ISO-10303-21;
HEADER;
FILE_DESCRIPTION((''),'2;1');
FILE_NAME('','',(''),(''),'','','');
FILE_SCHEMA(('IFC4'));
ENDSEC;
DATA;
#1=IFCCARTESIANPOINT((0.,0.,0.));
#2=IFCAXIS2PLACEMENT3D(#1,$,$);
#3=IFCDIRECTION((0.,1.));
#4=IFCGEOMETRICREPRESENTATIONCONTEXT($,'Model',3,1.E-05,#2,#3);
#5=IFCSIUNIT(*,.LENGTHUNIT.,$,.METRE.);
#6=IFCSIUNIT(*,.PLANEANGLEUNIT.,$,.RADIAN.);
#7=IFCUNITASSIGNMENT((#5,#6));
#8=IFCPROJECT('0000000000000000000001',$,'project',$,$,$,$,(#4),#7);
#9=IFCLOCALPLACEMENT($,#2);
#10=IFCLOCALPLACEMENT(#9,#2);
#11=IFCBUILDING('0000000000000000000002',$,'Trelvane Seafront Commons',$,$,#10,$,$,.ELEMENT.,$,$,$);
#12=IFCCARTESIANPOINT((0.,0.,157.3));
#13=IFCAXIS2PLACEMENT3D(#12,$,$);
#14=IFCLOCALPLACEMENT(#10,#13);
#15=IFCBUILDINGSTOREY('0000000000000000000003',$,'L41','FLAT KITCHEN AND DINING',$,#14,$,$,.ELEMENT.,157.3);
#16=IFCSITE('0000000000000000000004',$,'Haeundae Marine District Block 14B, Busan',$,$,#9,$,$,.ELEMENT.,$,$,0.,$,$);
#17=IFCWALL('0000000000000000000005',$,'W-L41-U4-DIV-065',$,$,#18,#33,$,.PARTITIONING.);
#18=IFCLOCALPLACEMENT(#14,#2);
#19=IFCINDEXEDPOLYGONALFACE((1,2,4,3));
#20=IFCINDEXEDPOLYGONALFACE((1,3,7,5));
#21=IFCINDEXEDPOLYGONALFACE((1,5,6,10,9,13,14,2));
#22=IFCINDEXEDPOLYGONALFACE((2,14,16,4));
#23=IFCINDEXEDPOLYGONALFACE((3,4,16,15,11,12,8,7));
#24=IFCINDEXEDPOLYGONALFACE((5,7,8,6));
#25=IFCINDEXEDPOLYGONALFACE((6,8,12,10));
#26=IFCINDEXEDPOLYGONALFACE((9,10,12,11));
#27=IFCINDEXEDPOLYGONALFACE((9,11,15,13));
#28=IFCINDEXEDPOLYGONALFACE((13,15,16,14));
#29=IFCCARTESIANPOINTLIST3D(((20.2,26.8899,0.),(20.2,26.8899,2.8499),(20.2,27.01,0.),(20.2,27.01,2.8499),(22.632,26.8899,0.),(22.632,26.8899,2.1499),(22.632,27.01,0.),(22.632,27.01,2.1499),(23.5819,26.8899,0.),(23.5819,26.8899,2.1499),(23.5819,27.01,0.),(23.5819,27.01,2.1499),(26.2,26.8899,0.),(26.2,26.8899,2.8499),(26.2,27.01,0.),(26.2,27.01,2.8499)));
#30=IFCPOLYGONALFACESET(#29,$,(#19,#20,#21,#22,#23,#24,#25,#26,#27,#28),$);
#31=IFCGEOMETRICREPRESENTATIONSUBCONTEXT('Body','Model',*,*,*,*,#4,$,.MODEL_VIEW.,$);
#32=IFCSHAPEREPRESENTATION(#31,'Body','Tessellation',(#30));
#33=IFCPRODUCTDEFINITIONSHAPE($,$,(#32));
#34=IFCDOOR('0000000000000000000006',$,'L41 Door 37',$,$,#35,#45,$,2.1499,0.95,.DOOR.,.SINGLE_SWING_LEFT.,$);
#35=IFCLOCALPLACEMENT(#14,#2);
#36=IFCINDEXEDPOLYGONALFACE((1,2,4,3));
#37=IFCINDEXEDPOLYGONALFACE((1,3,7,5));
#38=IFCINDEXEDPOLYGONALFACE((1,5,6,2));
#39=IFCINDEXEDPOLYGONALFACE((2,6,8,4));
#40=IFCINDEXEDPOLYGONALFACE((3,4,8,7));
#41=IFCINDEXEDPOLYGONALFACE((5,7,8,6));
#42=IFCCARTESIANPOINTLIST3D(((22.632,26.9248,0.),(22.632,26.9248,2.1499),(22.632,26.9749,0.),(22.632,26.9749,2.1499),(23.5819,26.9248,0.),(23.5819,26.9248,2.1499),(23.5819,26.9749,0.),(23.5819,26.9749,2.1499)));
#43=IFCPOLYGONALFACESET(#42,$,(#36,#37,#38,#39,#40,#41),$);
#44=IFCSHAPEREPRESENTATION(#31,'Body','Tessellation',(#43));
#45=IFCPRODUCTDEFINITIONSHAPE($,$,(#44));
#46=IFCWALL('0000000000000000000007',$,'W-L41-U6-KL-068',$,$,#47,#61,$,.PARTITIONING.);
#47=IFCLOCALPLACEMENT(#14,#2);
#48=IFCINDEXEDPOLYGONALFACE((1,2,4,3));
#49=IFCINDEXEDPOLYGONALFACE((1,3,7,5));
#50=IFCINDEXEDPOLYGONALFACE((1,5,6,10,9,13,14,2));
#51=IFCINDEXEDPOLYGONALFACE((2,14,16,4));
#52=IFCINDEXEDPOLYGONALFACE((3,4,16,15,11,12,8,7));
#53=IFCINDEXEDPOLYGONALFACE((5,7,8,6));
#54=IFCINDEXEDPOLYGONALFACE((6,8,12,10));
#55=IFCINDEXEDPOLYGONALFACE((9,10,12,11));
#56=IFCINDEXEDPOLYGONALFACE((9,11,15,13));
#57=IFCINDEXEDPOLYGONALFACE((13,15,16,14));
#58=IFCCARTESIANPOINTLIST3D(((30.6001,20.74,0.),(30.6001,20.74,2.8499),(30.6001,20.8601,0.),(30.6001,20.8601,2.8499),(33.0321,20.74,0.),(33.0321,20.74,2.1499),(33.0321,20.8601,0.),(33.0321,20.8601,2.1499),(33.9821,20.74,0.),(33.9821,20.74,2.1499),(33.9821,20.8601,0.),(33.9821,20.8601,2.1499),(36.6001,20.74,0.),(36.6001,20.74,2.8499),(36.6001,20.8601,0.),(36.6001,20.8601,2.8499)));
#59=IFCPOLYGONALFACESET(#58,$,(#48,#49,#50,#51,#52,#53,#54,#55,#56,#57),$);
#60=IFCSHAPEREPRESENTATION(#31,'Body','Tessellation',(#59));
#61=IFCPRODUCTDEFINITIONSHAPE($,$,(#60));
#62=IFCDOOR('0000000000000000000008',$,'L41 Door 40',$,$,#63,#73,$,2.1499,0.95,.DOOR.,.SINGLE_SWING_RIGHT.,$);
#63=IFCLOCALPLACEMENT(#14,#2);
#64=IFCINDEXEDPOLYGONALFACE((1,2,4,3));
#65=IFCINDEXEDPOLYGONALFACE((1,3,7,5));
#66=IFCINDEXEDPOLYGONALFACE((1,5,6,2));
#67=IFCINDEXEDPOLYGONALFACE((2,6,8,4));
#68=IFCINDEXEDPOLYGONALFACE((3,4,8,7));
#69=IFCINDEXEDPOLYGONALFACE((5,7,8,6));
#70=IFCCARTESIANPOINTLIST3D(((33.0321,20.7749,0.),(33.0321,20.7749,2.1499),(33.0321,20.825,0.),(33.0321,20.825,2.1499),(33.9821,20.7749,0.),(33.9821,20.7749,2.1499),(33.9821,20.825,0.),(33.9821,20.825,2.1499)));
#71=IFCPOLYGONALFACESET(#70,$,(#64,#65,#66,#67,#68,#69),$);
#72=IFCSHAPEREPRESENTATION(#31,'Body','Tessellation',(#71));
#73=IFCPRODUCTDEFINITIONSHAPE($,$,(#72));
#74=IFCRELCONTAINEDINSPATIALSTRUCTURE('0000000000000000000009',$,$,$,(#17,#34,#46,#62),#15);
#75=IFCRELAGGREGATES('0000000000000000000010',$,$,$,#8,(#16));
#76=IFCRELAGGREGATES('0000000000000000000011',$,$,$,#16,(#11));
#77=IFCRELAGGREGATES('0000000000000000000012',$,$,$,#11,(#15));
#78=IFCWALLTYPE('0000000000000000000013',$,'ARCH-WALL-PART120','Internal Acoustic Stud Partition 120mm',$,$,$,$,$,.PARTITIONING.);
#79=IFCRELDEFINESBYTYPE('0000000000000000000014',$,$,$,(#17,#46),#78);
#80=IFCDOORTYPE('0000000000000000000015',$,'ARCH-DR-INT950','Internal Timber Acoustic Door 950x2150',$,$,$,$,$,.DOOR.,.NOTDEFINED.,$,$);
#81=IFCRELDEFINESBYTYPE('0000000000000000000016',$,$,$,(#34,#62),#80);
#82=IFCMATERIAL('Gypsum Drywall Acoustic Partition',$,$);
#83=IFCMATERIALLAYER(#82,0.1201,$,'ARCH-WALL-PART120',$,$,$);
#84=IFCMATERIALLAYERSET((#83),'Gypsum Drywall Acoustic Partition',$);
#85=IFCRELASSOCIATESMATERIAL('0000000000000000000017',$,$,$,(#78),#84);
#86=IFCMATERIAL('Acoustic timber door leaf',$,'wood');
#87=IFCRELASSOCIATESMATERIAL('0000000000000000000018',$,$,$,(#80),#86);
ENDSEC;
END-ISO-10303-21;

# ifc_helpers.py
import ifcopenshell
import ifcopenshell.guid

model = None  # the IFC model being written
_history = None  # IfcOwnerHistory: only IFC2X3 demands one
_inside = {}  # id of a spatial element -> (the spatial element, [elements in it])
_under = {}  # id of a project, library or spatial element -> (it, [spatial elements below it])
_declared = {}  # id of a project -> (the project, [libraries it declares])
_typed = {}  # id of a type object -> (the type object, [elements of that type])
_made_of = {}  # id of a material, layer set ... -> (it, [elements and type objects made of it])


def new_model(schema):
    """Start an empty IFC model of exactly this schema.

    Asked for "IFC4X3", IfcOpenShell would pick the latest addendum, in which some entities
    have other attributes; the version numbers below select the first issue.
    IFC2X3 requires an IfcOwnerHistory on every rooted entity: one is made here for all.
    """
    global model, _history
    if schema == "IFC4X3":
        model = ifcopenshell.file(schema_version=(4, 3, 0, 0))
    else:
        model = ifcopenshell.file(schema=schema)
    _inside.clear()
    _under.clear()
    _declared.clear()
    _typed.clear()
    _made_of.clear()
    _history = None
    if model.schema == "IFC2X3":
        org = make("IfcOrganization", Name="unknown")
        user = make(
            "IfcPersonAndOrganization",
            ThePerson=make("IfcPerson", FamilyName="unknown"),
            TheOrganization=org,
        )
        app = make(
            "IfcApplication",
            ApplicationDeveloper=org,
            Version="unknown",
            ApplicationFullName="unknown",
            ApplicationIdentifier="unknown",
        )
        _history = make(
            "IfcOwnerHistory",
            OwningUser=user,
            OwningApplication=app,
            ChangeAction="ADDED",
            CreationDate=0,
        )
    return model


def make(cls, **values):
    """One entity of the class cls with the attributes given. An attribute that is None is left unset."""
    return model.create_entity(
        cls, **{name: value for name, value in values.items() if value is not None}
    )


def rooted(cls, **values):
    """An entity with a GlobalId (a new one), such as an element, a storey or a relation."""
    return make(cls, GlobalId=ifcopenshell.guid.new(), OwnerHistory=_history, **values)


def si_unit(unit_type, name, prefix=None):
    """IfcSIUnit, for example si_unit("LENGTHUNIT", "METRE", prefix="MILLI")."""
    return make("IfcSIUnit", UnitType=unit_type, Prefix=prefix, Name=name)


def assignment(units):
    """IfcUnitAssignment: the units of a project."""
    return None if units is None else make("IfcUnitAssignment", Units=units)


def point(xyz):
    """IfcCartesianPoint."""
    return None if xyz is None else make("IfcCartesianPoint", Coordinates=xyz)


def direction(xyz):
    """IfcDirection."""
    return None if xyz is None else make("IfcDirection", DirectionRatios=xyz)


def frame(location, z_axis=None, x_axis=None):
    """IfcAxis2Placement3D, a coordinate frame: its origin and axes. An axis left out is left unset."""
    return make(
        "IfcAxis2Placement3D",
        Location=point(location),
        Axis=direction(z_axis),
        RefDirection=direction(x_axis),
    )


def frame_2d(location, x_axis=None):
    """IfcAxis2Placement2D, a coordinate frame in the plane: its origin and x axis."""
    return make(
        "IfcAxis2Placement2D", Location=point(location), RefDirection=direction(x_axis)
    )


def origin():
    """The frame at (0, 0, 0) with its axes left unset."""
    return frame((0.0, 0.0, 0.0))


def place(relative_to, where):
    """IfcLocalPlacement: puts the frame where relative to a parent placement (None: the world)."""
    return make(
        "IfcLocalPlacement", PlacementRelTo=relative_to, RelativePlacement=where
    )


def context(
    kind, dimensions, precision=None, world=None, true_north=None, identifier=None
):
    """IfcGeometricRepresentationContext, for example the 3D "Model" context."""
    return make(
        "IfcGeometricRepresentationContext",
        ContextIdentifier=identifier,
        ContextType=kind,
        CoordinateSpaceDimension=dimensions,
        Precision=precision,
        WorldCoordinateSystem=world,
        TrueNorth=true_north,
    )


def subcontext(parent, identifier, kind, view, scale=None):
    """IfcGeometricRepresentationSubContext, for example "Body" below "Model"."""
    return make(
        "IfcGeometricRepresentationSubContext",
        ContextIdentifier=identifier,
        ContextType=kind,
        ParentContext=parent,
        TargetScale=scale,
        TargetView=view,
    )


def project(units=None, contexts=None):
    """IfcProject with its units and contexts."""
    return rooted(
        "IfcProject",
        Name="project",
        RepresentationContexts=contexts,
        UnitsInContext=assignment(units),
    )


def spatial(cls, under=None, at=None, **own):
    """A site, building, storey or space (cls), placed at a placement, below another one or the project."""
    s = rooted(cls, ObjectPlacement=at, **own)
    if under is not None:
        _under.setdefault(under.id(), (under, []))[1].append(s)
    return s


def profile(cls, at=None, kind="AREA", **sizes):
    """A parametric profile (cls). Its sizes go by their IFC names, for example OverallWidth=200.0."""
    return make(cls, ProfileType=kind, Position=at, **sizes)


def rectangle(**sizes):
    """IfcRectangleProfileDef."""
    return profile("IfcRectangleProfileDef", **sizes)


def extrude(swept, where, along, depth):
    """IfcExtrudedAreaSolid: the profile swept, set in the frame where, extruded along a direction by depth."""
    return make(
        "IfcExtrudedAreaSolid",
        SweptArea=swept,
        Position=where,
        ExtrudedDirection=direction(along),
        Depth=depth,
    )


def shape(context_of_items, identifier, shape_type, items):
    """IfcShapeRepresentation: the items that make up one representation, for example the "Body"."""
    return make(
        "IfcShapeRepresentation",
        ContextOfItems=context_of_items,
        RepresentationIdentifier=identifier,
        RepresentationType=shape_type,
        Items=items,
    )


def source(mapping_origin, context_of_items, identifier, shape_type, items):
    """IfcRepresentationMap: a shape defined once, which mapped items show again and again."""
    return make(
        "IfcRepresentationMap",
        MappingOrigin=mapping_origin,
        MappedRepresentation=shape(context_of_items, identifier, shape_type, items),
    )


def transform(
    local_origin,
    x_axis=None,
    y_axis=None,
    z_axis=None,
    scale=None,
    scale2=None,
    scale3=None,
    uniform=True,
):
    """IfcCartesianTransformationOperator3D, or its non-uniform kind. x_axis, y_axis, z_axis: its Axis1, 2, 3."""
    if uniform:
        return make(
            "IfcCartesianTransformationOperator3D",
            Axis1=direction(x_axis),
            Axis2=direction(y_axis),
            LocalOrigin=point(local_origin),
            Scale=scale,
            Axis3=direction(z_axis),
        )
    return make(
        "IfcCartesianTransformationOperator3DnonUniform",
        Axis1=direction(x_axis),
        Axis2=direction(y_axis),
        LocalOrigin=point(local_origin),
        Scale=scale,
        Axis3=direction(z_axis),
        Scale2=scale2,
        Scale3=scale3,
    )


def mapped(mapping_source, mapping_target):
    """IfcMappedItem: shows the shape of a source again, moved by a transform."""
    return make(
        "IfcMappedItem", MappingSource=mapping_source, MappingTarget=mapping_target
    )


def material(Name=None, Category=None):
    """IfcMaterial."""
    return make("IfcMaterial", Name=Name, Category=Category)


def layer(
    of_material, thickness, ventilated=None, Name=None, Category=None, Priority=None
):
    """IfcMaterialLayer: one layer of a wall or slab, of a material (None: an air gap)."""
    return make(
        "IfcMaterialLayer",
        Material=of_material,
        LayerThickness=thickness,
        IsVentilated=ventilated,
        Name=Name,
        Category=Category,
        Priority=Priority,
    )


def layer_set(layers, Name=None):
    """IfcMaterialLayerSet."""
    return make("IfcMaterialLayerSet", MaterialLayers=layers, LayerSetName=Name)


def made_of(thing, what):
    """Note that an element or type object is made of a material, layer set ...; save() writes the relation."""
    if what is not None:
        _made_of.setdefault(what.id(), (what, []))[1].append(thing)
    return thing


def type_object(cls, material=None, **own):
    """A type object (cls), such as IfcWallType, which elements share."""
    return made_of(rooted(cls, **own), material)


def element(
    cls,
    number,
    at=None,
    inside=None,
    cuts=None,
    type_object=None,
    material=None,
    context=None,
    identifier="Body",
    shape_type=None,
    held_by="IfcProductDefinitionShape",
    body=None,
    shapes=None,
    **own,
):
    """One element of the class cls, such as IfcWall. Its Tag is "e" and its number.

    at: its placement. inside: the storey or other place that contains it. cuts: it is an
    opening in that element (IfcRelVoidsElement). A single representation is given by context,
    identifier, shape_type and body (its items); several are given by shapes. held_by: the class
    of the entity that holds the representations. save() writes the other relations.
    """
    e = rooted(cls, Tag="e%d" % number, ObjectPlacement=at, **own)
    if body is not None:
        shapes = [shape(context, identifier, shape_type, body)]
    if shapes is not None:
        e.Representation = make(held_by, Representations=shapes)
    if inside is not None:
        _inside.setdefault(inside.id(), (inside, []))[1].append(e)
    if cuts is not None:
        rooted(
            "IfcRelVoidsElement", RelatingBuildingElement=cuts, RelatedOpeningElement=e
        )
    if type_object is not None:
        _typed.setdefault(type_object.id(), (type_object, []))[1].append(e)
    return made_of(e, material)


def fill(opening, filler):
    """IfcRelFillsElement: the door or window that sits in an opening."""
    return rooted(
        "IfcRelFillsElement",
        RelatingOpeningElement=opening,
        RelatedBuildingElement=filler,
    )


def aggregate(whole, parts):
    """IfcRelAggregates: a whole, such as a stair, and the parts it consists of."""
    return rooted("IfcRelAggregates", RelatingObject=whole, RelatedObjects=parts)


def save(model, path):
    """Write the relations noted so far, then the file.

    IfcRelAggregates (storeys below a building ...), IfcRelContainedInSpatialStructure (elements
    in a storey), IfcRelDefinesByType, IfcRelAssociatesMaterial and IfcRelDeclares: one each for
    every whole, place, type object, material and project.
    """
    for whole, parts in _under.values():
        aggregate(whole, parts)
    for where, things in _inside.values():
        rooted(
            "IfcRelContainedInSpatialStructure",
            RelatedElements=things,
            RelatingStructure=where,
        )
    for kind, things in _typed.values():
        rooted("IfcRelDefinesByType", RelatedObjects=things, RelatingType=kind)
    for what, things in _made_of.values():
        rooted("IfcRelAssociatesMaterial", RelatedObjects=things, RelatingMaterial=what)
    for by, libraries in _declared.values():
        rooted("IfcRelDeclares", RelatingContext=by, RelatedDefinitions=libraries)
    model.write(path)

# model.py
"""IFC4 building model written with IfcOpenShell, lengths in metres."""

from ifc_helpers import new_model, si_unit, direction, frame, frame_2d, origin, place, context, subcontext, project, spatial, rectangle, extrude, source, transform, mapped, material, layer, layer_set, type_object, element, fill, save


model = new_model("IFC4")

# Units and contexts
model_context = context("Model", 3, precision=1e-05, world=origin(), true_north=direction((0.0, 1.0)))
body_context = subcontext(model_context, "Body", "Model", "MODEL_VIEW")
ifc_project = project(units=[si_unit("LENGTHUNIT", "METRE"), si_unit("PLANEANGLEUNIT", "RADIAN")], contexts=[model_context])

# Site, building, storey
site_placement = place(None, origin())
site = spatial("IfcSite", under=ifc_project, at=site_placement, Name="Haeundae Marine District Block 14B, Busan", CompositionType="ELEMENT", RefElevation=0.0)
building_placement = place(site_placement, origin())
building = spatial("IfcBuilding", under=site, at=building_placement, Name="Trelvane Seafront Commons", CompositionType="ELEMENT")
storey_placement = place(building_placement, frame((0.0, 0.0, 157.3)))
storey = spatial("IfcBuildingStorey", under=building, at=storey_placement, Name="L41", Description="FLAT KITCHEN AND DINING", CompositionType="ELEMENT", Elevation=157.3)

# Walls, openings, doors
ifc_material_1 = material(Name="Gypsum Drywall Acoustic Partition")
ifc_layer = layer(ifc_material_1, 0.1201, Name="ARCH-WALL-PART120")
ifc_layer_set = layer_set([ifc_layer], Name="Gypsum Drywall Acoustic Partition")
wall_type = type_object("IfcWallType", Name="ARCH-WALL-PART120", Description="Internal Acoustic Stud Partition 120mm", PredefinedType="PARTITIONING", material=ifc_layer_set)
ifc_material_2 = material(Name="Acoustic timber door leaf", Category="wood")
door_type = type_object("IfcDoorType", Name="ARCH-DR-INT950", Description="Internal Timber Acoustic Door 950x2150", OperationType="NOTDEFINED", PredefinedType="DOOR", material=ifc_material_2)
shared_shape_1 = source(origin(), body_context, "Body", "SweptSolid", [
    extrude(rectangle(XDim=0.95, YDim=2.1499, at=frame_2d((0.4751, 1.075))), frame((0.0, 0.0249, 0.0), z_axis=(0.0, -1.0, 0.0), x_axis=(1.0, 0.0, 0.0)), (0.0, 0.0, 1.0), 0.05),
])
wall_1_placement = place(storey_placement, frame((20.2, 26.95, 0.0), z_axis=(0.0, 0.0, 1.0), x_axis=(1.0, 0.0, 0.0)))
wall_1 = element("IfcWall", 1, at=wall_1_placement, inside=storey, type_object=wall_type, Name="W-L41-U4-DIV-065", PredefinedType="PARTITIONING", context=body_context, shape_type="SweptSolid", body=[
    extrude(rectangle(XDim=6.0, YDim=0.1201, at=frame_2d((3.0, 0.0))), origin(), (0.0, 0.0, 1.0), 2.8499),
])
opening_1_placement = place(wall_1_placement, frame((2.4319, 0.0, 0.0)))
opening_1 = element("IfcOpeningElement", 2, at=opening_1_placement, cuts=wall_1, PredefinedType="OPENING", context=body_context, shape_type="SweptSolid", body=[
    extrude(rectangle(XDim=0.95, YDim=2.1499, at=frame_2d((0.4751, 1.075))), frame((0.0, 0.0701, 0.0), z_axis=(0.0, -1.0, 0.0), x_axis=(1.0, 0.0, 0.0)), (0.0, 0.0, 1.0), 0.1401),
])
door_1_placement = place(opening_1_placement, origin())
door_1 = element("IfcDoor", 3, at=door_1_placement, inside=storey, type_object=door_type, Name="L41 Door 37", OperationType="SINGLE_SWING_LEFT", OverallHeight=2.1499, OverallWidth=0.95, PredefinedType="DOOR", context=body_context, shape_type="MappedRepresentation", body=[
    mapped(shared_shape_1, transform((0.0, 0.0, 0.0), x_axis=(1.0, 0.0, 0.0), y_axis=(0.0, 1.0, 0.0), z_axis=(0.0, 0.0, 1.0), scale=1.0)),
])
fill(opening_1, door_1)
wall_2_placement = place(storey_placement, frame((30.6001, 20.8, 0.0), z_axis=(0.0, 0.0, 1.0), x_axis=(1.0, 0.0, 0.0)))
wall_2 = element("IfcWall", 4, at=wall_2_placement, inside=storey, type_object=wall_type, Name="W-L41-U6-KL-068", PredefinedType="PARTITIONING", context=body_context, shape_type="SweptSolid", body=[
    extrude(rectangle(XDim=6.0, YDim=0.1201, at=frame_2d((3.0, 0.0))), origin(), (0.0, 0.0, 1.0), 2.8499),
])
opening_2_placement = place(wall_2_placement, frame((2.4319, 0.0, 0.0)))
opening_2 = element("IfcOpeningElement", 5, at=opening_2_placement, cuts=wall_2, PredefinedType="OPENING", context=body_context, shape_type="SweptSolid", body=[
    extrude(rectangle(XDim=0.95, YDim=2.1499, at=frame_2d((0.4751, 1.075))), frame((0.0, 0.0701, 0.0), z_axis=(0.0, -1.0, 0.0), x_axis=(1.0, 0.0, 0.0)), (0.0, 0.0, 1.0), 0.1401),
])
door_2_placement = place(opening_2_placement, origin())
door_2 = element("IfcDoor", 6, at=door_2_placement, inside=storey, type_object=door_type, Name="L41 Door 40", OperationType="SINGLE_SWING_RIGHT", OverallHeight=2.1499, OverallWidth=0.95, PredefinedType="DOOR", context=body_context, shape_type="MappedRepresentation", body=[
    mapped(shared_shape_1, transform((0.0, 0.0, 0.0), x_axis=(1.0, 0.0, 0.0), y_axis=(0.0, 1.0, 0.0), z_axis=(0.0, 0.0, 1.0), scale=1.0)),
])
fill(opening_2, door_2)

save(model, "model.ifc")
